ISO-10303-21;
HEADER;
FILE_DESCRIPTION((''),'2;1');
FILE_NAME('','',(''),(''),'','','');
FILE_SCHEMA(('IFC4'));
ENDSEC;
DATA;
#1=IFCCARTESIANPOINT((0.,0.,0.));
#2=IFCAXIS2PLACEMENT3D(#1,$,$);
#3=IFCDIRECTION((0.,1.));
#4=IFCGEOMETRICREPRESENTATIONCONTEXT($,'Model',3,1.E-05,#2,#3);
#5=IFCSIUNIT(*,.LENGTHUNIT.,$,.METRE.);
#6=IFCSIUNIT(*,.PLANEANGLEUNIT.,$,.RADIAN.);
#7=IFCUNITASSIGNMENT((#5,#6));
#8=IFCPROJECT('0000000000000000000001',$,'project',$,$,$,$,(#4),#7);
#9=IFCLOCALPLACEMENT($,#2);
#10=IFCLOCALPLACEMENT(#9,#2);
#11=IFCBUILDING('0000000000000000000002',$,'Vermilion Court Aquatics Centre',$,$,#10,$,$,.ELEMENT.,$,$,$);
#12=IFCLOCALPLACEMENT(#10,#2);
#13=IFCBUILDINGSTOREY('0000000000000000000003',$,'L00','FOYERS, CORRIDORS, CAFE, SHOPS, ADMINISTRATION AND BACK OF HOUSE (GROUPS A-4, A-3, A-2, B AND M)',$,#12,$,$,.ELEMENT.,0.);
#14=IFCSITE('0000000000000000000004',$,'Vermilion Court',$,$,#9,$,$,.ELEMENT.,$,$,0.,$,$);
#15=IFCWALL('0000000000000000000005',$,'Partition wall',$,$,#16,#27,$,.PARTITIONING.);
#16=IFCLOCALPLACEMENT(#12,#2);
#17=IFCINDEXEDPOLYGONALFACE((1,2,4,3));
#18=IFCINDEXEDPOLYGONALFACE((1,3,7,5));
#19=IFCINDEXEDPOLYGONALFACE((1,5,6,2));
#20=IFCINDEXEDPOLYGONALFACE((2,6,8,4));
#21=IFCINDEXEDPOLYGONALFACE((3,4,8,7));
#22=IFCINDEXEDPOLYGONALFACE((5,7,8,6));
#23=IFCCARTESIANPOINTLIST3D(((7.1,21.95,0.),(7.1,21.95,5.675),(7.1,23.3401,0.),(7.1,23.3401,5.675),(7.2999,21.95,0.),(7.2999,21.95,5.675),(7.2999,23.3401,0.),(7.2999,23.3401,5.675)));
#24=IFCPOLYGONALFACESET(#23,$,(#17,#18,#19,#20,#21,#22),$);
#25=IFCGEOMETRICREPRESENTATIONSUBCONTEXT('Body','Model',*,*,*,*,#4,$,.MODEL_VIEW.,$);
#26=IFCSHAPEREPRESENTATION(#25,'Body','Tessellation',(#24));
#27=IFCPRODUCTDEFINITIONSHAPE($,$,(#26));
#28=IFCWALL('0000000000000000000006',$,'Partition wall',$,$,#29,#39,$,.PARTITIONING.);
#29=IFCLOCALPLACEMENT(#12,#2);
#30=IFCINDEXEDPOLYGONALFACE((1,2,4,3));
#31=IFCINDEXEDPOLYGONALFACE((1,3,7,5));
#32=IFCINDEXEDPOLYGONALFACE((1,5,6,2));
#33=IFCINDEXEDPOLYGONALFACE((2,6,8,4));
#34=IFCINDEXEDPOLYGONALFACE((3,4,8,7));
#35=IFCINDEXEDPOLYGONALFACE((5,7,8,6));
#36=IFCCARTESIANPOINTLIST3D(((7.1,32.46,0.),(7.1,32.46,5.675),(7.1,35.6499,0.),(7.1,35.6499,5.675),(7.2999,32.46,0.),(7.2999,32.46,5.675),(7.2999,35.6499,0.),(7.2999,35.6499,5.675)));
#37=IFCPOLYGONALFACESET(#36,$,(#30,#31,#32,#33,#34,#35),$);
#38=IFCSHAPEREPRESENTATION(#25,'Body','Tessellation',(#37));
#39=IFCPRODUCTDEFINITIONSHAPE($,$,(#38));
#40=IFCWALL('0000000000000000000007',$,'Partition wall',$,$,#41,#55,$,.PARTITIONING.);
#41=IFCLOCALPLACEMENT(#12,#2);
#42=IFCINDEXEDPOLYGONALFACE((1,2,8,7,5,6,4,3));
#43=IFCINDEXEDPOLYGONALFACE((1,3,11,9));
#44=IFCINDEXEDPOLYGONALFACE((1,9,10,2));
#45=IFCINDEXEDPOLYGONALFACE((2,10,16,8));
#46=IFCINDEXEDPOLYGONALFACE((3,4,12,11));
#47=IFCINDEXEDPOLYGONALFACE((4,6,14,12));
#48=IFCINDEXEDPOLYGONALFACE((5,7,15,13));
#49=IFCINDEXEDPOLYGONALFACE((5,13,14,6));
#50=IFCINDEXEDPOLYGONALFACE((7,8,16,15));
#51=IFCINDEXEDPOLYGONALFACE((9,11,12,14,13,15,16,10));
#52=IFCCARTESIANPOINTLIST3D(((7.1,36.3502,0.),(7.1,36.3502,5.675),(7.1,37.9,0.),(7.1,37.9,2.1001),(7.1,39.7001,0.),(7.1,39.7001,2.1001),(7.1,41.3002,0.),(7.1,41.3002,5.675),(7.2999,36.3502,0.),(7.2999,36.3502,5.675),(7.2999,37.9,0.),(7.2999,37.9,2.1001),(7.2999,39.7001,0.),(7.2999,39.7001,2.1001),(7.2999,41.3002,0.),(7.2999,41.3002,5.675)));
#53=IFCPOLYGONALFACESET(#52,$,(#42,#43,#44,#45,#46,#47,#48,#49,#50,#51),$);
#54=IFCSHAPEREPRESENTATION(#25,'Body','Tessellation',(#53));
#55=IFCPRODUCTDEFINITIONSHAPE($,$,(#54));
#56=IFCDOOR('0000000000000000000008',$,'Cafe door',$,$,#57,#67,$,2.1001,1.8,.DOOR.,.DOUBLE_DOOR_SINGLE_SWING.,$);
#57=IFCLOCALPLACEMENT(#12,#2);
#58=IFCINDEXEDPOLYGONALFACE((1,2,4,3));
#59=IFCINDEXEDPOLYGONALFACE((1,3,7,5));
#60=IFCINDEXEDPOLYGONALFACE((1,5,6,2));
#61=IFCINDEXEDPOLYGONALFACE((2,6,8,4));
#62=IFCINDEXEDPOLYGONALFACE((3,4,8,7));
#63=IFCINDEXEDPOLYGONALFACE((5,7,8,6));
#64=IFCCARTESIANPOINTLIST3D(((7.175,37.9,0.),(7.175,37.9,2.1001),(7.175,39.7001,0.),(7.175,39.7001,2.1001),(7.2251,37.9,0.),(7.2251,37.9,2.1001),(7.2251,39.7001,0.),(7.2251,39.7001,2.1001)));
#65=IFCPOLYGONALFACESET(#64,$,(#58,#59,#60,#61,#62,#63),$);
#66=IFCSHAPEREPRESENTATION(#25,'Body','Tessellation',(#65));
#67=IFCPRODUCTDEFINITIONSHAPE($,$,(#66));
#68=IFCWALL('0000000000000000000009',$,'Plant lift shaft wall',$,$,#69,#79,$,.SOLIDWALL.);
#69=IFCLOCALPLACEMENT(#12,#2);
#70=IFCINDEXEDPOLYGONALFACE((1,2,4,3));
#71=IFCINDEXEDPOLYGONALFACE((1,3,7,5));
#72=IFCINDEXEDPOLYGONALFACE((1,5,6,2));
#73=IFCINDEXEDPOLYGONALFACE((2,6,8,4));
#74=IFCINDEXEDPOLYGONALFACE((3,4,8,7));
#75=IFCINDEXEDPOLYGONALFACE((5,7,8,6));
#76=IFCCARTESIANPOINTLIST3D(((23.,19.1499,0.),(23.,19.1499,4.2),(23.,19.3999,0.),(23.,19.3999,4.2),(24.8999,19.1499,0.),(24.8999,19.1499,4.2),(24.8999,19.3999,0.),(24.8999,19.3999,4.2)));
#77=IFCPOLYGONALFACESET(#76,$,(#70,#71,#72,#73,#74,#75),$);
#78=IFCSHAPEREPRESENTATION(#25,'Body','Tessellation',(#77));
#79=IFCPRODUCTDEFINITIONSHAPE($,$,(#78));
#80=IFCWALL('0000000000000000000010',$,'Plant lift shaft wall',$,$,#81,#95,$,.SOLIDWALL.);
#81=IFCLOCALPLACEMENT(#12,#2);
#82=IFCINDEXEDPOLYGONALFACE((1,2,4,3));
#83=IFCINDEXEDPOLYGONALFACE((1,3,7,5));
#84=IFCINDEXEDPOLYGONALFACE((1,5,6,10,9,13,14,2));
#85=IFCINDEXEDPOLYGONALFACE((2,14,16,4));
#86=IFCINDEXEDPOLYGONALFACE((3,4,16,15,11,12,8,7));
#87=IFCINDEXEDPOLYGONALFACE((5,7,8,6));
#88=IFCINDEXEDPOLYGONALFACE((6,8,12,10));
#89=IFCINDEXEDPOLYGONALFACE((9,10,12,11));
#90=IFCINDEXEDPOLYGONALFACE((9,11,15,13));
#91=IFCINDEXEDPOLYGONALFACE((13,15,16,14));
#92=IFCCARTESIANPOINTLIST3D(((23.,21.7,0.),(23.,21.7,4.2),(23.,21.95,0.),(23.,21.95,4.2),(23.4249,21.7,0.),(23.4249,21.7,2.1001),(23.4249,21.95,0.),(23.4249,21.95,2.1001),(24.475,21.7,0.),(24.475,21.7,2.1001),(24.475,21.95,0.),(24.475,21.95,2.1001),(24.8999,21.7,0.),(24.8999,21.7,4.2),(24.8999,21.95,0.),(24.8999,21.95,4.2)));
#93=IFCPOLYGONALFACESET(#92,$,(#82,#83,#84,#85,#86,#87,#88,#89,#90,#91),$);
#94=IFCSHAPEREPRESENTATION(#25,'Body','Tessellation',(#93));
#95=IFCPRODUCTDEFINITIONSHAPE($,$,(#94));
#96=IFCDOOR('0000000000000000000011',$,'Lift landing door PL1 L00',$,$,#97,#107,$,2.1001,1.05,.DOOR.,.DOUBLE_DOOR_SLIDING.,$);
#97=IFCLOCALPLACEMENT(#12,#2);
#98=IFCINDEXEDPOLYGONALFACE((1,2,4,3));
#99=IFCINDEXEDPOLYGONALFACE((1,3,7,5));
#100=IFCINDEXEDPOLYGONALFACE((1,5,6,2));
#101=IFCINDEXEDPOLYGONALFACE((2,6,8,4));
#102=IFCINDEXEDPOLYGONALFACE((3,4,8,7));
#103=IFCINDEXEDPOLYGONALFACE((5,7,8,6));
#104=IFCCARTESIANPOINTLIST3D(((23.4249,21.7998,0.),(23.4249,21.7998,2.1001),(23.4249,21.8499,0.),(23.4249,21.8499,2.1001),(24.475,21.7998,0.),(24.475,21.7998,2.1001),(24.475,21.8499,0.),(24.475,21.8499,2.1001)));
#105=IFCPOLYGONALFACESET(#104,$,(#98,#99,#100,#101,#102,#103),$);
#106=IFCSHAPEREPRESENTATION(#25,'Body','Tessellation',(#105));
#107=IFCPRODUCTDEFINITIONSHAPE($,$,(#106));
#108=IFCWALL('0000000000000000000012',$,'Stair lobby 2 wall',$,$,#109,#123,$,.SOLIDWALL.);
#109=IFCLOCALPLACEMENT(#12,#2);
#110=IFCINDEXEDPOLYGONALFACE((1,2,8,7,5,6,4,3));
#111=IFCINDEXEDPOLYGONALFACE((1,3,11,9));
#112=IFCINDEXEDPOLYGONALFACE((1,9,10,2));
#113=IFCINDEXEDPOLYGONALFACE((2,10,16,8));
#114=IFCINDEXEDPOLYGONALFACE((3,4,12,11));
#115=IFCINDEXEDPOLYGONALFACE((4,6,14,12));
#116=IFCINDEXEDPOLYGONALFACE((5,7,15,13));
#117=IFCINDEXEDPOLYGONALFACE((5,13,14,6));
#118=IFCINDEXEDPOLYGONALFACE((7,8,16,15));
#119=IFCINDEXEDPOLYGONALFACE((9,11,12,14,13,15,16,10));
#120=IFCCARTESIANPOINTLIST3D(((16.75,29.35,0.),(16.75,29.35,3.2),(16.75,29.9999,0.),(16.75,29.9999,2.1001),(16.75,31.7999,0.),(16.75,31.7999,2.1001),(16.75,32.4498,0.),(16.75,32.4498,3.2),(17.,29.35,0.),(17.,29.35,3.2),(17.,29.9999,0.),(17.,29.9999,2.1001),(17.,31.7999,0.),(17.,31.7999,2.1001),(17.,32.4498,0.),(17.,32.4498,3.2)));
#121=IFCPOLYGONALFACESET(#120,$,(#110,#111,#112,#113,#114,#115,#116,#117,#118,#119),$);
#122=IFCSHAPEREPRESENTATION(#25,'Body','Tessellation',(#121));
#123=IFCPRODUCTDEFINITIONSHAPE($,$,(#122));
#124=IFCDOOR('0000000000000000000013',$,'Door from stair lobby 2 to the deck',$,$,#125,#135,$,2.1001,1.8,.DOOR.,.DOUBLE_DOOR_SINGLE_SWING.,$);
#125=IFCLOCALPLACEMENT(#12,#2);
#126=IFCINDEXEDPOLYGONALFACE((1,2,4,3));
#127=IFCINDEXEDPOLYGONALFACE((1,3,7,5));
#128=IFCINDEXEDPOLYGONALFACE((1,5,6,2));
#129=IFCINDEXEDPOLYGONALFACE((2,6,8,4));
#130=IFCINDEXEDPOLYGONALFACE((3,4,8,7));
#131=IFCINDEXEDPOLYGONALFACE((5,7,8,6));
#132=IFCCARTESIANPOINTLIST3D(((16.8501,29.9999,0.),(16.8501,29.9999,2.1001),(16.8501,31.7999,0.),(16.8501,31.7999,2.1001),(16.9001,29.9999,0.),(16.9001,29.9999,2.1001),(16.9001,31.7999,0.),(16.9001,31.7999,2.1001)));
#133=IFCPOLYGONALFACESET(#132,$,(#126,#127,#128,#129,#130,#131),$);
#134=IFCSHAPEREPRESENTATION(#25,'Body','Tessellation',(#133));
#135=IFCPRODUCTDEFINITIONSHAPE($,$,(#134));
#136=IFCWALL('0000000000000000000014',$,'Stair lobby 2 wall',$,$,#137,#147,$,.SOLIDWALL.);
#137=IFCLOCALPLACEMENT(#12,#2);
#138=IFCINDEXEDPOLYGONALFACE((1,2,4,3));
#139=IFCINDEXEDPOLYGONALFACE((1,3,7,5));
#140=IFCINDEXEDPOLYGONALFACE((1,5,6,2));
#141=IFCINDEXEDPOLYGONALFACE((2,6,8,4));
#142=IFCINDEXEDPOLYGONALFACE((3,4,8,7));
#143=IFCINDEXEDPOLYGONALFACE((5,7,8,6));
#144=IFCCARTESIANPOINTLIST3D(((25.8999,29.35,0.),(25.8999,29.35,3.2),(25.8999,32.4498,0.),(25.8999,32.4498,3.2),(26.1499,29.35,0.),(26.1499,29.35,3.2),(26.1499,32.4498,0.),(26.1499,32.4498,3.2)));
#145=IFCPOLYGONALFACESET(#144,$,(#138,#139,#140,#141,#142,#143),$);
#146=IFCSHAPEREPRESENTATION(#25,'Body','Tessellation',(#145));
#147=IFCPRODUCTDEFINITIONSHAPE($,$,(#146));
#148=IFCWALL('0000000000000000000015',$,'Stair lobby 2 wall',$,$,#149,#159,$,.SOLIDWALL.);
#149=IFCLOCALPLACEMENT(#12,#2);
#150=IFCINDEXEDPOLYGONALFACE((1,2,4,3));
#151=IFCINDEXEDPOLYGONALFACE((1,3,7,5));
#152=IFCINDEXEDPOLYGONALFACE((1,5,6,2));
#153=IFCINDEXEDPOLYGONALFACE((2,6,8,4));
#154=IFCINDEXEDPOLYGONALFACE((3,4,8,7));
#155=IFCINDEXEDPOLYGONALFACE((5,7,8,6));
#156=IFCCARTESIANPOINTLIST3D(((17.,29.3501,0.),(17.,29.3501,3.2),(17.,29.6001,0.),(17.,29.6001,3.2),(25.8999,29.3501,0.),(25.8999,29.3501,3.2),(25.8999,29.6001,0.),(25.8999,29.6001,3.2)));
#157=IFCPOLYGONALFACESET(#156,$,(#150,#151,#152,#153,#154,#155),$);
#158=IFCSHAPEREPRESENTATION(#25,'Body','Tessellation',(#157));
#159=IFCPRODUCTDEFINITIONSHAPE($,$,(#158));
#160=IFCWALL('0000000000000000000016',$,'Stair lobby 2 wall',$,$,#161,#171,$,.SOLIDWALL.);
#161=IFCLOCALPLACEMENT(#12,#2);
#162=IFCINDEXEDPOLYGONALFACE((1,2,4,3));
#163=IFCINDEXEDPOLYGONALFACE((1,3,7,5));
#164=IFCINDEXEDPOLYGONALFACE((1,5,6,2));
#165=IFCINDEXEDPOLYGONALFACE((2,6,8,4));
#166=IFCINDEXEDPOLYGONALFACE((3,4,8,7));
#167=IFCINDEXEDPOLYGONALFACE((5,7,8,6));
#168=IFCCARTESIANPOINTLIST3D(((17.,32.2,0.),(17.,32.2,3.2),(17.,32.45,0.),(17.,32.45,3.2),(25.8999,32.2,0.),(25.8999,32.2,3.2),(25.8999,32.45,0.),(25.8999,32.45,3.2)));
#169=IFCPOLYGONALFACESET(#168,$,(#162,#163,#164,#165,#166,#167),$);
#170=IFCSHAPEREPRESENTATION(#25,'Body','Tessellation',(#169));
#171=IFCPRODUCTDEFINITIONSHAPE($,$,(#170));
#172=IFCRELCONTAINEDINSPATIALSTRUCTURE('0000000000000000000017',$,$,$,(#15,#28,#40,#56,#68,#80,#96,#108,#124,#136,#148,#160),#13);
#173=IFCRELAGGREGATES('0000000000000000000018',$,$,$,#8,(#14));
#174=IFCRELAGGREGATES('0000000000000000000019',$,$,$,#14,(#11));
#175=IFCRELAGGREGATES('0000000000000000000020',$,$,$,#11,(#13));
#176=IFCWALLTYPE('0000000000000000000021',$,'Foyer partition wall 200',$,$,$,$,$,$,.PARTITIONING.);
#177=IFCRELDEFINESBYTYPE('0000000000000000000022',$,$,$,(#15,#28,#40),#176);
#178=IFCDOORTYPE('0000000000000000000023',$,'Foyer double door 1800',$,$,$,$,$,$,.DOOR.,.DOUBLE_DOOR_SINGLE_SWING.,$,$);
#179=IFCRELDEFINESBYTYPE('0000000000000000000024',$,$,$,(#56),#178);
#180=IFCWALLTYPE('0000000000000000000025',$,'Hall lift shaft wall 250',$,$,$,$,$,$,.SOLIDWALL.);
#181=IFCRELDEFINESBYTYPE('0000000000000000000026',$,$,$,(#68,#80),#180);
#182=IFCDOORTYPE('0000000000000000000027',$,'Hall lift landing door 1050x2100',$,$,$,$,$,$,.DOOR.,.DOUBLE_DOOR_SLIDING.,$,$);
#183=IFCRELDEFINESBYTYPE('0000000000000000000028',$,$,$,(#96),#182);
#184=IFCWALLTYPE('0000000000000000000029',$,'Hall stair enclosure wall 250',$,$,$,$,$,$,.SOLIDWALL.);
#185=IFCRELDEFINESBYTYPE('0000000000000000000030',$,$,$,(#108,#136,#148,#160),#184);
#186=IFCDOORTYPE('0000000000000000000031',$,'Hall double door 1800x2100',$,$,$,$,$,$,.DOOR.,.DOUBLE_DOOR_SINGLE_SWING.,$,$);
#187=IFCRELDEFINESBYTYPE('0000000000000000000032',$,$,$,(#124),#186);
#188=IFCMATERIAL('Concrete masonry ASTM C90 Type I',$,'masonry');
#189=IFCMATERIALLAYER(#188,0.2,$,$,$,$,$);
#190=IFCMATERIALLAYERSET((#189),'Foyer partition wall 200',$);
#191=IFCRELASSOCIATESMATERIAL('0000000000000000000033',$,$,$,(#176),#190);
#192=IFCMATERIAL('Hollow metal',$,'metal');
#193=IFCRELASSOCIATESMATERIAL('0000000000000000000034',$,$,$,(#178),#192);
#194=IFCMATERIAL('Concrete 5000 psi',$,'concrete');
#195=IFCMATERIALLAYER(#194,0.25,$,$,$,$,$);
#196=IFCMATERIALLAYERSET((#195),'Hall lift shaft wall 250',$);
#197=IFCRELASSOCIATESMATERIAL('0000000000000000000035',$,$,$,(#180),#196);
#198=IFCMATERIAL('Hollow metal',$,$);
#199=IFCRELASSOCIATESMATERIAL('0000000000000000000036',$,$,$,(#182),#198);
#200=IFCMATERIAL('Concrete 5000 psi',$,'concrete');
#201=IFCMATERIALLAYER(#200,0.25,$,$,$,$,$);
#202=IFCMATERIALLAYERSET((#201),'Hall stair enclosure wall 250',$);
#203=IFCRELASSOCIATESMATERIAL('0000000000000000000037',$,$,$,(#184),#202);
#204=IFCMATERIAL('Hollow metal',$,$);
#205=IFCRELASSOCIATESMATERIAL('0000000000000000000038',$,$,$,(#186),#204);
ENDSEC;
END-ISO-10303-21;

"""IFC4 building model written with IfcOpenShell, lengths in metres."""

from ifc_helpers import new_model, si_unit, direction, frame, frame_2d, origin, place, context, subcontext, project, spatial, rectangle, extrude, material, layer, layer_set, type_object, element, fill, save


model = new_model("IFC4")

# Units and contexts
model_context = context("Model", 3, precision=1e-05, world=origin(), true_north=direction((0.0, 1.0)))
body_context = subcontext(model_context, "Body", "Model", "MODEL_VIEW")
ifc_project = project(units=[si_unit("LENGTHUNIT", "METRE"), si_unit("PLANEANGLEUNIT", "RADIAN")], contexts=[model_context])

# Site, building, storey
site_placement = place(None, origin())
site = spatial("IfcSite", under=ifc_project, at=site_placement, Name="Vermilion Court", CompositionType="ELEMENT", RefElevation=0.0)
building_placement = place(site_placement, origin())
building = spatial("IfcBuilding", under=site, at=building_placement, Name="Vermilion Court Aquatics Centre", CompositionType="ELEMENT")
storey_placement = place(building_placement, origin())
storey = spatial("IfcBuildingStorey", under=building, at=storey_placement, Name="L00", Description="FOYERS, CORRIDORS, CAFE, SHOPS, ADMINISTRATION AND BACK OF HOUSE (GROUPS A-4, A-3, A-2, B AND M)", CompositionType="ELEMENT", Elevation=0.0)

# Walls
ifc_material_1 = material(Name="Concrete masonry ASTM C90 Type I", Category="masonry")
ifc_layer_1 = layer(ifc_material_1, 0.2)
ifc_layer_set_1 = layer_set([ifc_layer_1], Name="Foyer partition wall 200")
wall_type_1 = type_object("IfcWallType", Name="Foyer partition wall 200", PredefinedType="PARTITIONING", material=ifc_layer_set_1)
wall_1_placement = place(storey_placement, frame((7.2, 21.95, 0.0), z_axis=(0.0, 0.0, 1.0), x_axis=(0.0, 1.0, 0.0)))
element("IfcWall", 1, at=wall_1_placement, inside=storey, type_object=wall_type_1, Name="Partition wall", PredefinedType="PARTITIONING", context=body_context, shape_type="SweptSolid", body=[
    extrude(rectangle(XDim=1.3901, YDim=0.2, at=frame_2d((0.6951, 0.0))), origin(), (0.0, 0.0, 1.0), 5.675),
])
wall_2_placement = place(storey_placement, frame((7.2, 32.46, 0.0), z_axis=(0.0, 0.0, 1.0), x_axis=(0.0, 1.0, 0.0)))
element("IfcWall", 2, at=wall_2_placement, inside=storey, type_object=wall_type_1, Name="Partition wall", PredefinedType="PARTITIONING", context=body_context, shape_type="SweptSolid", body=[
    extrude(rectangle(XDim=3.1899, YDim=0.2, at=frame_2d((1.595, 0.0))), origin(), (0.0, 0.0, 1.0), 5.675),
])

# Wall, opening, door
wall_3_placement = place(storey_placement, frame((7.2, 36.3501, 0.0), z_axis=(0.0, 0.0, 1.0), x_axis=(0.0, 1.0, 0.0)))
wall_3 = element("IfcWall", 3, at=wall_3_placement, inside=storey, type_object=wall_type_1, Name="Partition wall", PredefinedType="PARTITIONING", context=body_context, shape_type="SweptSolid", body=[
    extrude(rectangle(XDim=4.95, YDim=0.2, at=frame_2d((2.4751, 0.0))), origin(), (0.0, 0.0, 1.0), 5.675),
])
opening_1_placement = place(wall_3_placement, frame((1.55, 0.0, 0.0)))
opening_1 = element("IfcOpeningElement", 4, at=opening_1_placement, cuts=wall_3, PredefinedType="OPENING", context=body_context, shape_type="SweptSolid", body=[
    extrude(rectangle(XDim=1.8, YDim=2.1001, at=frame_2d((0.8999, 1.05))), frame((0.0, 0.1099, 0.0), z_axis=(0.0, -1.0, 0.0), x_axis=(1.0, 0.0, 0.0)), (0.0, 0.0, 1.0), 0.22),
])
ifc_material_2 = material(Name="Hollow metal", Category="metal")
door_type_1 = type_object("IfcDoorType", Name="Foyer double door 1800", OperationType="DOUBLE_DOOR_SINGLE_SWING", PredefinedType="DOOR", material=ifc_material_2)
door_1_placement = place(opening_1_placement, frame((1.8, 0.0, 0.0), z_axis=(0.0, 0.0, 1.0), x_axis=(-1.0, 0.0, 0.0)))
door_1 = element("IfcDoor", 5, at=door_1_placement, inside=storey, type_object=door_type_1, Name="Cafe door", OperationType="DOUBLE_DOOR_SINGLE_SWING", OverallHeight=2.1001, OverallWidth=1.8, PredefinedType="DOOR", context=body_context, shape_type="SweptSolid", body=[
    extrude(rectangle(XDim=1.8, YDim=2.1001, at=frame_2d((0.9001, 1.05))), frame((0.0, 0.0251, 0.0), z_axis=(0.0, -1.0, 0.0), x_axis=(1.0, 0.0, 0.0)), (0.0, 0.0, 1.0), 0.05),
])
fill(opening_1, door_1)

# Wall
ifc_material_3 = material(Name="Concrete 5000 psi", Category="concrete")
ifc_layer_2 = layer(ifc_material_3, 0.25)
ifc_layer_set_2 = layer_set([ifc_layer_2], Name="Hall lift shaft wall 250")
wall_type_2 = type_object("IfcWallType", Name="Hall lift shaft wall 250", PredefinedType="SOLIDWALL", material=ifc_layer_set_2)
wall_4_placement = place(storey_placement, frame((23.0, 19.2749, 0.0), z_axis=(0.0, 0.0, 1.0), x_axis=(1.0, 0.0, 0.0)))
element("IfcWall", 6, at=wall_4_placement, inside=storey, type_object=wall_type_2, Name="Plant lift shaft wall", PredefinedType="SOLIDWALL", context=body_context, shape_type="SweptSolid", body=[
    extrude(rectangle(XDim=1.8999, YDim=0.25, at=frame_2d((0.95, 0.0))), origin(), (0.0, 0.0, 1.0), 4.2),
])

# Walls, openings, doors
wall_5_placement = place(storey_placement, frame((23.0, 21.825, 0.0), z_axis=(0.0, 0.0, 1.0), x_axis=(1.0, 0.0, 0.0)))
wall_5 = element("IfcWall", 7, at=wall_5_placement, inside=storey, type_object=wall_type_2, Name="Plant lift shaft wall", PredefinedType="SOLIDWALL", context=body_context, shape_type="SweptSolid", body=[
    extrude(rectangle(XDim=1.8999, YDim=0.25, at=frame_2d((0.95, 0.0))), origin(), (0.0, 0.0, 1.0), 4.2),
])
opening_2_placement = place(wall_5_placement, frame((0.425, 0.0, 0.0)))
opening_2 = element("IfcOpeningElement", 8, at=opening_2_placement, cuts=wall_5, PredefinedType="OPENING", context=body_context, shape_type="SweptSolid", body=[
    extrude(rectangle(XDim=1.05, YDim=2.1001, at=frame_2d((0.5249, 1.05))), frame((0.0, 0.135, 0.0), z_axis=(0.0, -1.0, 0.0), x_axis=(1.0, 0.0, 0.0)), (0.0, 0.0, 1.0), 0.27),
])
ifc_material_4 = material(Name="Hollow metal")
door_type_2 = type_object("IfcDoorType", Name="Hall lift landing door 1050x2100", OperationType="DOUBLE_DOOR_SLIDING", PredefinedType="DOOR", material=ifc_material_4)
door_2_placement = place(opening_2_placement, origin())
door_2 = element("IfcDoor", 9, at=door_2_placement, inside=storey, type_object=door_type_2, Name="Lift landing door PL1 L00", OperationType="DOUBLE_DOOR_SLIDING", OverallHeight=2.1001, OverallWidth=1.05, PredefinedType="DOOR", context=body_context, shape_type="SweptSolid", body=[
    extrude(rectangle(XDim=1.05, YDim=2.1001, at=frame_2d((0.5249, 1.05))), frame((0.0, 0.0249, 0.0), z_axis=(0.0, -1.0, 0.0), x_axis=(1.0, 0.0, 0.0)), (0.0, 0.0, 1.0), 0.05),
])
fill(opening_2, door_2)
ifc_material_5 = material(Name="Concrete 5000 psi", Category="concrete")
ifc_layer_3 = layer(ifc_material_5, 0.25)
ifc_layer_set_3 = layer_set([ifc_layer_3], Name="Hall stair enclosure wall 250")
wall_type_3 = type_object("IfcWallType", Name="Hall stair enclosure wall 250", PredefinedType="SOLIDWALL", material=ifc_layer_set_3)
wall_6_placement = place(storey_placement, frame((16.875, 29.3501, 0.0), z_axis=(0.0, 0.0, 1.0), x_axis=(0.0, 1.0, 0.0)))
wall_6 = element("IfcWall", 10, at=wall_6_placement, inside=storey, type_object=wall_type_3, Name="Stair lobby 2 wall", PredefinedType="SOLIDWALL", context=body_context, shape_type="SweptSolid", body=[
    extrude(rectangle(XDim=3.0999, YDim=0.25, at=frame_2d((1.5498, 0.0))), origin(), (0.0, 0.0, 1.0), 3.2),
])
opening_3_placement = place(wall_6_placement, frame((0.6499, 0.0, 0.0)))
opening_3 = element("IfcOpeningElement", 11, at=opening_3_placement, cuts=wall_6, PredefinedType="OPENING", context=body_context, shape_type="SweptSolid", body=[
    extrude(rectangle(XDim=1.8, YDim=2.1001, at=frame_2d((0.8999, 1.05))), frame((0.0, 0.135, 0.0), z_axis=(0.0, -1.0, 0.0), x_axis=(1.0, 0.0, 0.0)), (0.0, 0.0, 1.0), 0.27),
])
ifc_material_6 = material(Name="Hollow metal")
door_type_3 = type_object("IfcDoorType", Name="Hall double door 1800x2100", OperationType="DOUBLE_DOOR_SINGLE_SWING", PredefinedType="DOOR", material=ifc_material_6)
door_3_placement = place(opening_3_placement, frame((1.8, 0.0, 0.0), z_axis=(0.0, 0.0, 1.0), x_axis=(-1.0, 0.0, 0.0)))
door_3 = element("IfcDoor", 12, at=door_3_placement, inside=storey, type_object=door_type_3, Name="Door from stair lobby 2 to the deck", OperationType="DOUBLE_DOOR_SINGLE_SWING", OverallHeight=2.1001, OverallWidth=1.8, PredefinedType="DOOR", context=body_context, shape_type="SweptSolid", body=[
    extrude(rectangle(XDim=1.8, YDim=2.1001, at=frame_2d((0.9001, 1.05))), frame((0.0, 0.0251, 0.0), z_axis=(0.0, -1.0, 0.0), x_axis=(1.0, 0.0, 0.0)), (0.0, 0.0, 1.0), 0.05),
])
fill(opening_3, door_3)

# Walls
wall_7_placement = place(storey_placement, frame((26.0249, 29.3501, 0.0), z_axis=(0.0, 0.0, 1.0), x_axis=(0.0, 1.0, 0.0)))
element("IfcWall", 13, at=wall_7_placement, inside=storey, type_object=wall_type_3, Name="Stair lobby 2 wall", PredefinedType="SOLIDWALL", context=body_context, shape_type="SweptSolid", body=[
    extrude(rectangle(XDim=3.0999, YDim=0.25, at=frame_2d((1.5498, 0.0))), origin(), (0.0, 0.0, 1.0), 3.2),
])
for number, where, z_axis, x_axis, name in (
    (14, (17.0, 29.4751, 0.0), (0.0, 0.0, 1.0), (1.0, 0.0, 0.0), "Stair lobby 2 wall"),
    (15, (17.0, 32.325, 0.0), (0.0, 0.0, 1.0), (1.0, 0.0, 0.0), "Stair lobby 2 wall"),
):
    element("IfcWall", number, at=place(storey_placement, frame(where, z_axis=z_axis, x_axis=x_axis)), inside=storey, type_object=wall_type_3, Name=name, PredefinedType="SOLIDWALL", context=body_context, shape_type="SweptSolid", body=[
        extrude(rectangle(XDim=8.8999, YDim=0.25, at=frame_2d((4.45, 0.0))), origin(), (0.0, 0.0, 1.0), 3.2),
    ])

save(model, "model.ifc")
